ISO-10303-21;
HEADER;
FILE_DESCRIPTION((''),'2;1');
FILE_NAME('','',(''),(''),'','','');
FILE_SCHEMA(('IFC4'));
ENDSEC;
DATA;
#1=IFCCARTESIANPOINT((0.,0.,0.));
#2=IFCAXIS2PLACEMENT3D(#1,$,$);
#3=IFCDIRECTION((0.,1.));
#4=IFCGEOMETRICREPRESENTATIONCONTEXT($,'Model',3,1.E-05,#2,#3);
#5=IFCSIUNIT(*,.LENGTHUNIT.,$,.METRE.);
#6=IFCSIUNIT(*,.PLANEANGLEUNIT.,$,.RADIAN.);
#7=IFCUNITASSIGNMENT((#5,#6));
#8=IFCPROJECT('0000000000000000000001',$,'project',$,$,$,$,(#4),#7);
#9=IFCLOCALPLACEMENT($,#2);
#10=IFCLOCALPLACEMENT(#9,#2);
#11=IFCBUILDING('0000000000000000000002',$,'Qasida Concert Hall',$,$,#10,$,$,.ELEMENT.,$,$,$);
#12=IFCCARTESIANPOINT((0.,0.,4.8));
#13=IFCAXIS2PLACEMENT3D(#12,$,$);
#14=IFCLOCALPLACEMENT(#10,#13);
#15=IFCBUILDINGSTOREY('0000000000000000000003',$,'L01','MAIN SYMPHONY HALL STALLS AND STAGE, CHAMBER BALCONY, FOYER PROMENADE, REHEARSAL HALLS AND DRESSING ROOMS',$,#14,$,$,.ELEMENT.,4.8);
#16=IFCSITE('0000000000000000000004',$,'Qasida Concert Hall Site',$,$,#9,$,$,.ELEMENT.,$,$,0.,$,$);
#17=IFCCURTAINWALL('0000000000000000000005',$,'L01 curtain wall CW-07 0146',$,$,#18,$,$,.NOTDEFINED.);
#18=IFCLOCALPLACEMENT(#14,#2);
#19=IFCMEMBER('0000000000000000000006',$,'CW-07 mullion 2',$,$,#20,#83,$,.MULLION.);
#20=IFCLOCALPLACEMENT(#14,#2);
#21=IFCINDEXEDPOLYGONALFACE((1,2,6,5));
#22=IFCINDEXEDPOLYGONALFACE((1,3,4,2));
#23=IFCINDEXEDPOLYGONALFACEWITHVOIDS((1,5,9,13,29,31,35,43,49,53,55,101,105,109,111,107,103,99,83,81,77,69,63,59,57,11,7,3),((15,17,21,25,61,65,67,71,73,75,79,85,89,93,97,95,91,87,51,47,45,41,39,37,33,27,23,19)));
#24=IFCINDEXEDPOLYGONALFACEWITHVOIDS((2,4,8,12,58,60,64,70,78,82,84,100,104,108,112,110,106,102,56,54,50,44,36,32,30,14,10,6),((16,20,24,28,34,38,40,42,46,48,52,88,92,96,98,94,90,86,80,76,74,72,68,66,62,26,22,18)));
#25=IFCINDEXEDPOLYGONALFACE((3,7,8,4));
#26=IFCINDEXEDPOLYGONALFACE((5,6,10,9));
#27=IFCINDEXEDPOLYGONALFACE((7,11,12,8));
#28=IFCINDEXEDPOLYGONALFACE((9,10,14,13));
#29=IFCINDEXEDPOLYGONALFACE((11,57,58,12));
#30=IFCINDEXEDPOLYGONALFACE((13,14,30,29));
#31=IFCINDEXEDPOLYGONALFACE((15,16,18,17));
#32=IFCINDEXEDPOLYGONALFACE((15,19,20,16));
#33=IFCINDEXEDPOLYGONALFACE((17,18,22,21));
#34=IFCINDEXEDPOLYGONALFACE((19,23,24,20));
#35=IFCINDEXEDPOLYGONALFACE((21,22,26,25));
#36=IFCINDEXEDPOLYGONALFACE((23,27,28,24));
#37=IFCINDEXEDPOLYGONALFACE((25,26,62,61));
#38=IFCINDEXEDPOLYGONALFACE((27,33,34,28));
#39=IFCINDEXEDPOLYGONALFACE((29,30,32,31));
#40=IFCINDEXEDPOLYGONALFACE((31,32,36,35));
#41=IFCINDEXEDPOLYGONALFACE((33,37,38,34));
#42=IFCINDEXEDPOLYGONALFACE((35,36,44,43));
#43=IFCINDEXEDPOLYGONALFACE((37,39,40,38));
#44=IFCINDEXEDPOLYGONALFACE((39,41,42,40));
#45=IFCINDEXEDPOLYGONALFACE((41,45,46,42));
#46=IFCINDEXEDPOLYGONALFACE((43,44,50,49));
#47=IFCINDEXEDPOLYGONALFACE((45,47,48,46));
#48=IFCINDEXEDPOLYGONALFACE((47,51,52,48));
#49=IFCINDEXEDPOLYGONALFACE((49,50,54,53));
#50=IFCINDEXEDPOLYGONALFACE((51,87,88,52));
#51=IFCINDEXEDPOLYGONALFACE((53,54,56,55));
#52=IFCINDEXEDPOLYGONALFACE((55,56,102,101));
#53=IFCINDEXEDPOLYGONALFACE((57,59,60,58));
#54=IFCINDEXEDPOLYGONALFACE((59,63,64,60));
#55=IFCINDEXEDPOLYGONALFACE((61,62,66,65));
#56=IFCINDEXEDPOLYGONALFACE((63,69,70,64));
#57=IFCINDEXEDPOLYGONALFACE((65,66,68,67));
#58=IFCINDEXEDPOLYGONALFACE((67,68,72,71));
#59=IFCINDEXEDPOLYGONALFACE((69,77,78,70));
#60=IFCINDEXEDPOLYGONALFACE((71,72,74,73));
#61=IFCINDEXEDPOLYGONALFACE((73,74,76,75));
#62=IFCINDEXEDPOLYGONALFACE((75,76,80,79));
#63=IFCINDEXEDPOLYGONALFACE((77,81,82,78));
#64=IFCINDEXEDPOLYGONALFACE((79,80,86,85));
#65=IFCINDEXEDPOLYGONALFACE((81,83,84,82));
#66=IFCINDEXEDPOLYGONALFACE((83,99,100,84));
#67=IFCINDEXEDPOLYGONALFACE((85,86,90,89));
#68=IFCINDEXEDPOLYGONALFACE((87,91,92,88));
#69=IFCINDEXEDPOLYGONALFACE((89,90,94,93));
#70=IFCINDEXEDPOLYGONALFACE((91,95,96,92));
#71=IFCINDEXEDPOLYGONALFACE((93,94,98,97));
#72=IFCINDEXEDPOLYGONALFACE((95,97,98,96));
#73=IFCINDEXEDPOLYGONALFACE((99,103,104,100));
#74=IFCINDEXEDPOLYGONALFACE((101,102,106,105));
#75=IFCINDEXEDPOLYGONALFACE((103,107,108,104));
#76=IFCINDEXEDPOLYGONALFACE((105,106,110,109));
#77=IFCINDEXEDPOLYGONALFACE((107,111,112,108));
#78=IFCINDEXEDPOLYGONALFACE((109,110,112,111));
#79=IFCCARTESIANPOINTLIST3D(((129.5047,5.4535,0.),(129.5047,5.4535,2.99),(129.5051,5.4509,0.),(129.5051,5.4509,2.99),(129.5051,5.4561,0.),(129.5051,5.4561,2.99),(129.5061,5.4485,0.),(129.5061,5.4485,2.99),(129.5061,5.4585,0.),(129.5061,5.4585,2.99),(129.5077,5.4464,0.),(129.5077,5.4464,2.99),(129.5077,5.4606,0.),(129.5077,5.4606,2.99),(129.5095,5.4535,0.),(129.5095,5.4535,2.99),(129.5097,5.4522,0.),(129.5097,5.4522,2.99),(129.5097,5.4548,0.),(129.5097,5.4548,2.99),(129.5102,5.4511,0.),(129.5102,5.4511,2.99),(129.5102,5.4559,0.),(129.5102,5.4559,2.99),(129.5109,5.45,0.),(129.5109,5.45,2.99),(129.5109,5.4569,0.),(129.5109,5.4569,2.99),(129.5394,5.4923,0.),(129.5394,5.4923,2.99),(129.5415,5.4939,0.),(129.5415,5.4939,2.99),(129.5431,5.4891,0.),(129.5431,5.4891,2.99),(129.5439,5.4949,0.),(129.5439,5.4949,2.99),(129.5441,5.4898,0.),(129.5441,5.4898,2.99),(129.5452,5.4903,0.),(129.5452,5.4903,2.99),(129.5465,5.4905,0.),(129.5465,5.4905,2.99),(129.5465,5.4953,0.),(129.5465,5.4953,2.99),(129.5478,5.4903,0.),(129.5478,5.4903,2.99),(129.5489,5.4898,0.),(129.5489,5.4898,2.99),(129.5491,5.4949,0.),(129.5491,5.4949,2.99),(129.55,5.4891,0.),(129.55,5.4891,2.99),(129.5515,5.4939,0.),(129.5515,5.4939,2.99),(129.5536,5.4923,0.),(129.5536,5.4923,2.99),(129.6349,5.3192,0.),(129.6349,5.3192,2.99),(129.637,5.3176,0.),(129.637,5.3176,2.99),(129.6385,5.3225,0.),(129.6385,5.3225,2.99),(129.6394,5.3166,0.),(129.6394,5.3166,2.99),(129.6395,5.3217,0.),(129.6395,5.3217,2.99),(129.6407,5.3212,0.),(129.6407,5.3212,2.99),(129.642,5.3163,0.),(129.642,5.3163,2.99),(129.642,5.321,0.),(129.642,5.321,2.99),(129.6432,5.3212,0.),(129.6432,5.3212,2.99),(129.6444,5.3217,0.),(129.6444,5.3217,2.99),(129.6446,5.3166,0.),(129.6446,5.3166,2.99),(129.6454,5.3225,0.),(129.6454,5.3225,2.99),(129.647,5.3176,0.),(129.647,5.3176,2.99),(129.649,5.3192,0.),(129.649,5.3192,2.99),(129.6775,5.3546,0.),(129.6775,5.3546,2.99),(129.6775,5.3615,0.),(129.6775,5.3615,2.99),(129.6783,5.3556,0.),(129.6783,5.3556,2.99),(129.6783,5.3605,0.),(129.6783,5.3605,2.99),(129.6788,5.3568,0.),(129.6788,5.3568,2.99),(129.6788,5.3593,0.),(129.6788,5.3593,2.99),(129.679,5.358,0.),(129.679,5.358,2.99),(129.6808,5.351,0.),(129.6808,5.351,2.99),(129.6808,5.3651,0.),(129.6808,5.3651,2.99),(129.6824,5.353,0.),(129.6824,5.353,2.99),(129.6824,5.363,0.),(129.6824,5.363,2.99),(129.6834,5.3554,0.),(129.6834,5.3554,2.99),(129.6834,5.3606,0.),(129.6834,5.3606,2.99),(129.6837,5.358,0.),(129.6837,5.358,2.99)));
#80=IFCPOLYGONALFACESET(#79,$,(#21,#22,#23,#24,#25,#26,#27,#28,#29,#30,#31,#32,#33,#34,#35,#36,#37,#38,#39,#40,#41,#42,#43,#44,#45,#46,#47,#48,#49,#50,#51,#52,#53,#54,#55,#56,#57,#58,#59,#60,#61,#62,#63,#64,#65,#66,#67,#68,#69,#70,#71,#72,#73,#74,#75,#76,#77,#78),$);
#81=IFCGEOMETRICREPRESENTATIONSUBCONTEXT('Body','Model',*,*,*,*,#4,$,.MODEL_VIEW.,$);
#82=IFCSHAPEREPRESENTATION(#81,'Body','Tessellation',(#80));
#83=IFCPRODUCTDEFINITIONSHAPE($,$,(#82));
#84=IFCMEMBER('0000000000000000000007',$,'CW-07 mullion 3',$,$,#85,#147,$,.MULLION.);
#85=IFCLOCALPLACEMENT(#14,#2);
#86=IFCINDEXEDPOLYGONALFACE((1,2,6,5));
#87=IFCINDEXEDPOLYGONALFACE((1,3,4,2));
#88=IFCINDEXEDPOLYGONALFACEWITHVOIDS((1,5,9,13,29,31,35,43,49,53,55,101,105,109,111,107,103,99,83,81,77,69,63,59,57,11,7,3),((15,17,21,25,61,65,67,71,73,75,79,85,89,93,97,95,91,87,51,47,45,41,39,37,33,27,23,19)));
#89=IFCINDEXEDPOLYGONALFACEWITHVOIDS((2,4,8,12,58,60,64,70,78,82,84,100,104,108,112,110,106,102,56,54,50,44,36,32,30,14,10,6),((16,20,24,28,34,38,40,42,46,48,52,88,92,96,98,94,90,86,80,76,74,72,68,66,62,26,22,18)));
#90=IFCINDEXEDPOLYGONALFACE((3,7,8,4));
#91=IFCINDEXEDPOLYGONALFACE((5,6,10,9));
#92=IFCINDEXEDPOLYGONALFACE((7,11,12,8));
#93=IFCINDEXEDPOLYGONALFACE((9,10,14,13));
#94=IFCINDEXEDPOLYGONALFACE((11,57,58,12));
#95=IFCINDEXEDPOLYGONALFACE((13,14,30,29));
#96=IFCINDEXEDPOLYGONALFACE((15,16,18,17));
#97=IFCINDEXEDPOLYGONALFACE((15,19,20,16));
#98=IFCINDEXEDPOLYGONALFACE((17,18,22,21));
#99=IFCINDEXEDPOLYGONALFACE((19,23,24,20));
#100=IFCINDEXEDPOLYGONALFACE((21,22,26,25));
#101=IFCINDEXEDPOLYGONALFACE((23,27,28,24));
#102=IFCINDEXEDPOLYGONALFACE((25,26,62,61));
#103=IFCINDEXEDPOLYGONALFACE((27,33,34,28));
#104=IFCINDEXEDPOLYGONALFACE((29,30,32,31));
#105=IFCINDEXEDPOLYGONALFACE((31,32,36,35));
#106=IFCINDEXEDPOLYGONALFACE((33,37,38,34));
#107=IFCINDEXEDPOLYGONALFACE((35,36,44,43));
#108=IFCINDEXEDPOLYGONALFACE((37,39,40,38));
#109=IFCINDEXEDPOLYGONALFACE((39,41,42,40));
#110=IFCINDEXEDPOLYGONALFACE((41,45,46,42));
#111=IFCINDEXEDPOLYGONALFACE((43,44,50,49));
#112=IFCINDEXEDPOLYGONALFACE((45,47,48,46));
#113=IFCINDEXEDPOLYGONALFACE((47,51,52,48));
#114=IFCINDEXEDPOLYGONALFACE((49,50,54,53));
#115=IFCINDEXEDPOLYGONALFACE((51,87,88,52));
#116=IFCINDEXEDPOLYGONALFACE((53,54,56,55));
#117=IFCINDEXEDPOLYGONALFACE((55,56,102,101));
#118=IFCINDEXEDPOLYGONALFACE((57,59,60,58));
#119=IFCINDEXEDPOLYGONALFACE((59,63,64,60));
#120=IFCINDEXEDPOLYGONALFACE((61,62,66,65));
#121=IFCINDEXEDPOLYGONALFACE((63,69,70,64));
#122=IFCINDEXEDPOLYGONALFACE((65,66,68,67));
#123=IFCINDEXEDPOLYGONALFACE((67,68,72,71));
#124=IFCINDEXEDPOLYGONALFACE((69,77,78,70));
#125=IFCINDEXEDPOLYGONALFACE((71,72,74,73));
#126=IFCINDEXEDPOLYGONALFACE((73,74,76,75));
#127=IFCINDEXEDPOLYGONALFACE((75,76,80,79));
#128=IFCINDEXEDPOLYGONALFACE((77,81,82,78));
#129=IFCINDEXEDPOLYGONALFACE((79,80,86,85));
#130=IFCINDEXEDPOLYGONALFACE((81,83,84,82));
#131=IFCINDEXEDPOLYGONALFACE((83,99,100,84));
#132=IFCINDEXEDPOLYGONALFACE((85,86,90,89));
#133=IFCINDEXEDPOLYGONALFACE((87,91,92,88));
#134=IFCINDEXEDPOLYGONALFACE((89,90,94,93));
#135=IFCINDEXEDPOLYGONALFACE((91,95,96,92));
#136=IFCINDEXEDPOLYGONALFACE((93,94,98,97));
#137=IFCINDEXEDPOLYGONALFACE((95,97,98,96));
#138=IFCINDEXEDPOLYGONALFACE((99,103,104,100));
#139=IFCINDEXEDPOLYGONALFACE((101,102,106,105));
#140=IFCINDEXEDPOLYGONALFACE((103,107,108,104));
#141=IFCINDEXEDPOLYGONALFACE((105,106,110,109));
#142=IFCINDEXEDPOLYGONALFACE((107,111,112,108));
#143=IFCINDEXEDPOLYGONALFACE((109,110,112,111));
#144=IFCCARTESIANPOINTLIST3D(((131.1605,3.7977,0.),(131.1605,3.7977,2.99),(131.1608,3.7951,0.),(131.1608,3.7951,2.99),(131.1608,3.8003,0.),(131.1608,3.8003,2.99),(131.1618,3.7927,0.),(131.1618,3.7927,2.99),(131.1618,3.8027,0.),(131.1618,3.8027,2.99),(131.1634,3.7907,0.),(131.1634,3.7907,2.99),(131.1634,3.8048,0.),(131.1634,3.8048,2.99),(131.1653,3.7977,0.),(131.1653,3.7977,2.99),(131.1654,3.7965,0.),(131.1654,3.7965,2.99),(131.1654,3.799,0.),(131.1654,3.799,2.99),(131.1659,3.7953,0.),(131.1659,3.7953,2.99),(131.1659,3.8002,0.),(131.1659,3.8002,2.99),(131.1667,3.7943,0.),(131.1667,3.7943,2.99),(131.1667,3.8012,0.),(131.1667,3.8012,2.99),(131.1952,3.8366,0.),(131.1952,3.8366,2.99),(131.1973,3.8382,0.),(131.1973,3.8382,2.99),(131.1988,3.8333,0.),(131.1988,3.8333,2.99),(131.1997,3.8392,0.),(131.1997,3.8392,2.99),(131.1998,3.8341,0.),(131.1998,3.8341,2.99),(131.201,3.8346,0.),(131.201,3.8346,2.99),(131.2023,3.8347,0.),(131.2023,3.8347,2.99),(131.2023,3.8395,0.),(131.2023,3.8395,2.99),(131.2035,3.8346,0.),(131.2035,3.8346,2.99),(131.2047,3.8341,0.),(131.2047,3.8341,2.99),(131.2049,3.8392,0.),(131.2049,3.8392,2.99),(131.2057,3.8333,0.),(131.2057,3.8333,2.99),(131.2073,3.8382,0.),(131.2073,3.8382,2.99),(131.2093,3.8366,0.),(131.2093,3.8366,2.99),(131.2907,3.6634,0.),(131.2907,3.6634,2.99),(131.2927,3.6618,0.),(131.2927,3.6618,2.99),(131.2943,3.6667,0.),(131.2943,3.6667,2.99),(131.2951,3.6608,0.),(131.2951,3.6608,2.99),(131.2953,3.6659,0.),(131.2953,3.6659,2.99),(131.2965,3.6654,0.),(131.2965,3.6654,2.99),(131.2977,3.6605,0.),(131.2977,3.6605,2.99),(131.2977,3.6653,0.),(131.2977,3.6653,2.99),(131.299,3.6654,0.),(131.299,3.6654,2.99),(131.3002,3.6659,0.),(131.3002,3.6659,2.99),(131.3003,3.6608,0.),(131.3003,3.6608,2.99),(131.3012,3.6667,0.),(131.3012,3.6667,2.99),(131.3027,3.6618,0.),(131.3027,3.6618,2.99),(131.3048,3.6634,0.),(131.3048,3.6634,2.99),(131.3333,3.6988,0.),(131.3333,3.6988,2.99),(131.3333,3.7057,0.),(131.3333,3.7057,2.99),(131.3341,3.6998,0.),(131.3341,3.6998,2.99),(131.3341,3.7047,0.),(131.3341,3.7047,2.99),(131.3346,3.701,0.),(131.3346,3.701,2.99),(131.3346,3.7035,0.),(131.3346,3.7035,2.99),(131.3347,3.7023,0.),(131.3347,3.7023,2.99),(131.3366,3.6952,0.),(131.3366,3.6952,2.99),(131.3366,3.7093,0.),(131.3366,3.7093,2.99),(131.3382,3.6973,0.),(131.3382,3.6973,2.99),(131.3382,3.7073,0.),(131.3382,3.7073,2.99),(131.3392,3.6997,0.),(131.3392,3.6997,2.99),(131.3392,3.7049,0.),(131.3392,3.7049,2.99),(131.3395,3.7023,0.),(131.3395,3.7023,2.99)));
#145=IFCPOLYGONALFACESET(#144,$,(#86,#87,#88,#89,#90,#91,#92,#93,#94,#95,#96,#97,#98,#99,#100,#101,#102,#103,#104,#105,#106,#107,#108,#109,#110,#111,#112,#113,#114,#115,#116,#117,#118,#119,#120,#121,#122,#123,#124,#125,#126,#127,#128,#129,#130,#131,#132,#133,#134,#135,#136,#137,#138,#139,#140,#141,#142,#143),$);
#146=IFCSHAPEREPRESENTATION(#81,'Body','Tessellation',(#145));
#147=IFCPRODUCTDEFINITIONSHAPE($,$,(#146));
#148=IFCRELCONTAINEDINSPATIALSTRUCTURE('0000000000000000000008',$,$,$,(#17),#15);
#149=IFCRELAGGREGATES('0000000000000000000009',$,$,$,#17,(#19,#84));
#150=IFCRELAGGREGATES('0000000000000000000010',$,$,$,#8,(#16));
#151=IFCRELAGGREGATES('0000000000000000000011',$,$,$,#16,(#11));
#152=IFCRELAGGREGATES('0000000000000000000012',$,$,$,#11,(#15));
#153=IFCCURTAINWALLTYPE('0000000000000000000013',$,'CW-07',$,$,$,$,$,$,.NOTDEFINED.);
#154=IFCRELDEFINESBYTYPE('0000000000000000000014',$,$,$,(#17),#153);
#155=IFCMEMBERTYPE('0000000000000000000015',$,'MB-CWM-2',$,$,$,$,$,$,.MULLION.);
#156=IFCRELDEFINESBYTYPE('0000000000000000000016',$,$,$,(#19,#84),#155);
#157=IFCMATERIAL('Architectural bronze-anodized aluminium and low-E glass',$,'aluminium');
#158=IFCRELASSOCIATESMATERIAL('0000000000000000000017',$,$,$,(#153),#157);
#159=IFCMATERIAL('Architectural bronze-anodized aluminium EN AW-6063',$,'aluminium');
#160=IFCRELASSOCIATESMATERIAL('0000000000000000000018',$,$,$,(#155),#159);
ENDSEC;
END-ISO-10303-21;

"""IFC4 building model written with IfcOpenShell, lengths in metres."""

from ifc_helpers import new_model, si_unit, direction, frame, origin, origin_2d, place, context, subcontext, project, spatial, hollow_rectangle, extrude, material, material_profile, profile_set, type_object, element, aggregate, save


model = new_model("IFC4")

# Units and contexts
model_context = context("Model", 3, precision=1e-05, world=origin(), true_north=direction((0.0, 1.0)))
body_context = subcontext(model_context, "Body", "Model", "MODEL_VIEW")
ifc_project = project(units=[si_unit("LENGTHUNIT", "METRE"), si_unit("PLANEANGLEUNIT", "RADIAN")], contexts=[model_context])

# Site, building, storey
site_placement = place(None, origin())
site = spatial("IfcSite", under=ifc_project, at=site_placement, Name="Qasida Concert Hall Site", CompositionType="ELEMENT", RefElevation=0.0)
building_placement = place(site_placement, origin())
building = spatial("IfcBuilding", under=site, at=building_placement, Name="Qasida Concert Hall", CompositionType="ELEMENT")
storey_placement = place(building_placement, frame((0.0, 0.0, 4.8)))
storey = spatial("IfcBuildingStorey", under=building, at=storey_placement, Name="L01", Description="MAIN SYMPHONY HALL STALLS AND STAGE, CHAMBER BALCONY, FOYER PROMENADE, REHEARSAL HALLS AND DRESSING ROOMS", CompositionType="ELEMENT", Elevation=4.8)

# Curtain wall, members
ifc_material_1 = material(Name="Architectural bronze-anodized aluminium and low-E glass", Category="aluminium")
curtain_wall_type = type_object("IfcCurtainWallType", Name="CW-07", PredefinedType="NOTDEFINED", material=ifc_material_1)
curtain_wall_placement = place(storey_placement, origin())
curtain_wall = element("IfcCurtainWall", 1, at=curtain_wall_placement, inside=storey, type_object=curtain_wall_type, Name="L01 curtain wall CW-07 0146", PredefinedType="NOTDEFINED")
ifc_material_2 = material(Name="Architectural bronze-anodized aluminium EN AW-6063", Category="aluminium")
ifc_material_profile_1 = material_profile(ifc_material_2, hollow_rectangle(XDim=0.0649, YDim=0.2, WallThickness=0.0049, InnerFilletRadius=0.0049, OuterFilletRadius=0.01, at=origin_2d()), Name="CWM 200x65x5")
ifc_profile_set_1 = profile_set([ifc_material_profile_1], Name="Architectural bronze-anodized aluminium EN AW-6063")
member_type_1 = type_object("IfcMemberType", Name="MB-CWM-2", PredefinedType="MULLION", material=ifc_profile_set_1)
member_1_placement = place(storey_placement, frame((129.5942, 5.4058, 0.0), z_axis=(0.0, 0.0, 1.0), x_axis=(0.707107, 0.707107, 0.0)))
member_1 = element("IfcMember", 2, at=member_1_placement, type_object=member_type_1, Name="CW-07 mullion 2", PredefinedType="MULLION", context=body_context, shape_type="SweptSolid", body=[
    extrude(hollow_rectangle(XDim=0.0649, YDim=0.2, WallThickness=0.0049, InnerFilletRadius=0.0049, OuterFilletRadius=0.01, at=origin_2d()), origin(), (0.0, 0.0, 1.0), 2.99),
])
member_2_placement = place(storey_placement, frame((131.25, 3.75, 0.0), z_axis=(0.0, 0.0, 1.0), x_axis=(0.707107, 0.707107, 0.0)))
member_2 = element("IfcMember", 3, at=member_2_placement, type_object=member_type_1, Name="CW-07 mullion 3", PredefinedType="MULLION", context=body_context, shape_type="SweptSolid", body=[
    extrude(hollow_rectangle(XDim=0.0649, YDim=0.2, WallThickness=0.0049, InnerFilletRadius=0.0049, OuterFilletRadius=0.01, at=origin_2d()), origin(), (0.0, 0.0, 1.0), 2.99),
])
aggregate(curtain_wall, [member_1, member_2])

save(model, "model.ifc")
